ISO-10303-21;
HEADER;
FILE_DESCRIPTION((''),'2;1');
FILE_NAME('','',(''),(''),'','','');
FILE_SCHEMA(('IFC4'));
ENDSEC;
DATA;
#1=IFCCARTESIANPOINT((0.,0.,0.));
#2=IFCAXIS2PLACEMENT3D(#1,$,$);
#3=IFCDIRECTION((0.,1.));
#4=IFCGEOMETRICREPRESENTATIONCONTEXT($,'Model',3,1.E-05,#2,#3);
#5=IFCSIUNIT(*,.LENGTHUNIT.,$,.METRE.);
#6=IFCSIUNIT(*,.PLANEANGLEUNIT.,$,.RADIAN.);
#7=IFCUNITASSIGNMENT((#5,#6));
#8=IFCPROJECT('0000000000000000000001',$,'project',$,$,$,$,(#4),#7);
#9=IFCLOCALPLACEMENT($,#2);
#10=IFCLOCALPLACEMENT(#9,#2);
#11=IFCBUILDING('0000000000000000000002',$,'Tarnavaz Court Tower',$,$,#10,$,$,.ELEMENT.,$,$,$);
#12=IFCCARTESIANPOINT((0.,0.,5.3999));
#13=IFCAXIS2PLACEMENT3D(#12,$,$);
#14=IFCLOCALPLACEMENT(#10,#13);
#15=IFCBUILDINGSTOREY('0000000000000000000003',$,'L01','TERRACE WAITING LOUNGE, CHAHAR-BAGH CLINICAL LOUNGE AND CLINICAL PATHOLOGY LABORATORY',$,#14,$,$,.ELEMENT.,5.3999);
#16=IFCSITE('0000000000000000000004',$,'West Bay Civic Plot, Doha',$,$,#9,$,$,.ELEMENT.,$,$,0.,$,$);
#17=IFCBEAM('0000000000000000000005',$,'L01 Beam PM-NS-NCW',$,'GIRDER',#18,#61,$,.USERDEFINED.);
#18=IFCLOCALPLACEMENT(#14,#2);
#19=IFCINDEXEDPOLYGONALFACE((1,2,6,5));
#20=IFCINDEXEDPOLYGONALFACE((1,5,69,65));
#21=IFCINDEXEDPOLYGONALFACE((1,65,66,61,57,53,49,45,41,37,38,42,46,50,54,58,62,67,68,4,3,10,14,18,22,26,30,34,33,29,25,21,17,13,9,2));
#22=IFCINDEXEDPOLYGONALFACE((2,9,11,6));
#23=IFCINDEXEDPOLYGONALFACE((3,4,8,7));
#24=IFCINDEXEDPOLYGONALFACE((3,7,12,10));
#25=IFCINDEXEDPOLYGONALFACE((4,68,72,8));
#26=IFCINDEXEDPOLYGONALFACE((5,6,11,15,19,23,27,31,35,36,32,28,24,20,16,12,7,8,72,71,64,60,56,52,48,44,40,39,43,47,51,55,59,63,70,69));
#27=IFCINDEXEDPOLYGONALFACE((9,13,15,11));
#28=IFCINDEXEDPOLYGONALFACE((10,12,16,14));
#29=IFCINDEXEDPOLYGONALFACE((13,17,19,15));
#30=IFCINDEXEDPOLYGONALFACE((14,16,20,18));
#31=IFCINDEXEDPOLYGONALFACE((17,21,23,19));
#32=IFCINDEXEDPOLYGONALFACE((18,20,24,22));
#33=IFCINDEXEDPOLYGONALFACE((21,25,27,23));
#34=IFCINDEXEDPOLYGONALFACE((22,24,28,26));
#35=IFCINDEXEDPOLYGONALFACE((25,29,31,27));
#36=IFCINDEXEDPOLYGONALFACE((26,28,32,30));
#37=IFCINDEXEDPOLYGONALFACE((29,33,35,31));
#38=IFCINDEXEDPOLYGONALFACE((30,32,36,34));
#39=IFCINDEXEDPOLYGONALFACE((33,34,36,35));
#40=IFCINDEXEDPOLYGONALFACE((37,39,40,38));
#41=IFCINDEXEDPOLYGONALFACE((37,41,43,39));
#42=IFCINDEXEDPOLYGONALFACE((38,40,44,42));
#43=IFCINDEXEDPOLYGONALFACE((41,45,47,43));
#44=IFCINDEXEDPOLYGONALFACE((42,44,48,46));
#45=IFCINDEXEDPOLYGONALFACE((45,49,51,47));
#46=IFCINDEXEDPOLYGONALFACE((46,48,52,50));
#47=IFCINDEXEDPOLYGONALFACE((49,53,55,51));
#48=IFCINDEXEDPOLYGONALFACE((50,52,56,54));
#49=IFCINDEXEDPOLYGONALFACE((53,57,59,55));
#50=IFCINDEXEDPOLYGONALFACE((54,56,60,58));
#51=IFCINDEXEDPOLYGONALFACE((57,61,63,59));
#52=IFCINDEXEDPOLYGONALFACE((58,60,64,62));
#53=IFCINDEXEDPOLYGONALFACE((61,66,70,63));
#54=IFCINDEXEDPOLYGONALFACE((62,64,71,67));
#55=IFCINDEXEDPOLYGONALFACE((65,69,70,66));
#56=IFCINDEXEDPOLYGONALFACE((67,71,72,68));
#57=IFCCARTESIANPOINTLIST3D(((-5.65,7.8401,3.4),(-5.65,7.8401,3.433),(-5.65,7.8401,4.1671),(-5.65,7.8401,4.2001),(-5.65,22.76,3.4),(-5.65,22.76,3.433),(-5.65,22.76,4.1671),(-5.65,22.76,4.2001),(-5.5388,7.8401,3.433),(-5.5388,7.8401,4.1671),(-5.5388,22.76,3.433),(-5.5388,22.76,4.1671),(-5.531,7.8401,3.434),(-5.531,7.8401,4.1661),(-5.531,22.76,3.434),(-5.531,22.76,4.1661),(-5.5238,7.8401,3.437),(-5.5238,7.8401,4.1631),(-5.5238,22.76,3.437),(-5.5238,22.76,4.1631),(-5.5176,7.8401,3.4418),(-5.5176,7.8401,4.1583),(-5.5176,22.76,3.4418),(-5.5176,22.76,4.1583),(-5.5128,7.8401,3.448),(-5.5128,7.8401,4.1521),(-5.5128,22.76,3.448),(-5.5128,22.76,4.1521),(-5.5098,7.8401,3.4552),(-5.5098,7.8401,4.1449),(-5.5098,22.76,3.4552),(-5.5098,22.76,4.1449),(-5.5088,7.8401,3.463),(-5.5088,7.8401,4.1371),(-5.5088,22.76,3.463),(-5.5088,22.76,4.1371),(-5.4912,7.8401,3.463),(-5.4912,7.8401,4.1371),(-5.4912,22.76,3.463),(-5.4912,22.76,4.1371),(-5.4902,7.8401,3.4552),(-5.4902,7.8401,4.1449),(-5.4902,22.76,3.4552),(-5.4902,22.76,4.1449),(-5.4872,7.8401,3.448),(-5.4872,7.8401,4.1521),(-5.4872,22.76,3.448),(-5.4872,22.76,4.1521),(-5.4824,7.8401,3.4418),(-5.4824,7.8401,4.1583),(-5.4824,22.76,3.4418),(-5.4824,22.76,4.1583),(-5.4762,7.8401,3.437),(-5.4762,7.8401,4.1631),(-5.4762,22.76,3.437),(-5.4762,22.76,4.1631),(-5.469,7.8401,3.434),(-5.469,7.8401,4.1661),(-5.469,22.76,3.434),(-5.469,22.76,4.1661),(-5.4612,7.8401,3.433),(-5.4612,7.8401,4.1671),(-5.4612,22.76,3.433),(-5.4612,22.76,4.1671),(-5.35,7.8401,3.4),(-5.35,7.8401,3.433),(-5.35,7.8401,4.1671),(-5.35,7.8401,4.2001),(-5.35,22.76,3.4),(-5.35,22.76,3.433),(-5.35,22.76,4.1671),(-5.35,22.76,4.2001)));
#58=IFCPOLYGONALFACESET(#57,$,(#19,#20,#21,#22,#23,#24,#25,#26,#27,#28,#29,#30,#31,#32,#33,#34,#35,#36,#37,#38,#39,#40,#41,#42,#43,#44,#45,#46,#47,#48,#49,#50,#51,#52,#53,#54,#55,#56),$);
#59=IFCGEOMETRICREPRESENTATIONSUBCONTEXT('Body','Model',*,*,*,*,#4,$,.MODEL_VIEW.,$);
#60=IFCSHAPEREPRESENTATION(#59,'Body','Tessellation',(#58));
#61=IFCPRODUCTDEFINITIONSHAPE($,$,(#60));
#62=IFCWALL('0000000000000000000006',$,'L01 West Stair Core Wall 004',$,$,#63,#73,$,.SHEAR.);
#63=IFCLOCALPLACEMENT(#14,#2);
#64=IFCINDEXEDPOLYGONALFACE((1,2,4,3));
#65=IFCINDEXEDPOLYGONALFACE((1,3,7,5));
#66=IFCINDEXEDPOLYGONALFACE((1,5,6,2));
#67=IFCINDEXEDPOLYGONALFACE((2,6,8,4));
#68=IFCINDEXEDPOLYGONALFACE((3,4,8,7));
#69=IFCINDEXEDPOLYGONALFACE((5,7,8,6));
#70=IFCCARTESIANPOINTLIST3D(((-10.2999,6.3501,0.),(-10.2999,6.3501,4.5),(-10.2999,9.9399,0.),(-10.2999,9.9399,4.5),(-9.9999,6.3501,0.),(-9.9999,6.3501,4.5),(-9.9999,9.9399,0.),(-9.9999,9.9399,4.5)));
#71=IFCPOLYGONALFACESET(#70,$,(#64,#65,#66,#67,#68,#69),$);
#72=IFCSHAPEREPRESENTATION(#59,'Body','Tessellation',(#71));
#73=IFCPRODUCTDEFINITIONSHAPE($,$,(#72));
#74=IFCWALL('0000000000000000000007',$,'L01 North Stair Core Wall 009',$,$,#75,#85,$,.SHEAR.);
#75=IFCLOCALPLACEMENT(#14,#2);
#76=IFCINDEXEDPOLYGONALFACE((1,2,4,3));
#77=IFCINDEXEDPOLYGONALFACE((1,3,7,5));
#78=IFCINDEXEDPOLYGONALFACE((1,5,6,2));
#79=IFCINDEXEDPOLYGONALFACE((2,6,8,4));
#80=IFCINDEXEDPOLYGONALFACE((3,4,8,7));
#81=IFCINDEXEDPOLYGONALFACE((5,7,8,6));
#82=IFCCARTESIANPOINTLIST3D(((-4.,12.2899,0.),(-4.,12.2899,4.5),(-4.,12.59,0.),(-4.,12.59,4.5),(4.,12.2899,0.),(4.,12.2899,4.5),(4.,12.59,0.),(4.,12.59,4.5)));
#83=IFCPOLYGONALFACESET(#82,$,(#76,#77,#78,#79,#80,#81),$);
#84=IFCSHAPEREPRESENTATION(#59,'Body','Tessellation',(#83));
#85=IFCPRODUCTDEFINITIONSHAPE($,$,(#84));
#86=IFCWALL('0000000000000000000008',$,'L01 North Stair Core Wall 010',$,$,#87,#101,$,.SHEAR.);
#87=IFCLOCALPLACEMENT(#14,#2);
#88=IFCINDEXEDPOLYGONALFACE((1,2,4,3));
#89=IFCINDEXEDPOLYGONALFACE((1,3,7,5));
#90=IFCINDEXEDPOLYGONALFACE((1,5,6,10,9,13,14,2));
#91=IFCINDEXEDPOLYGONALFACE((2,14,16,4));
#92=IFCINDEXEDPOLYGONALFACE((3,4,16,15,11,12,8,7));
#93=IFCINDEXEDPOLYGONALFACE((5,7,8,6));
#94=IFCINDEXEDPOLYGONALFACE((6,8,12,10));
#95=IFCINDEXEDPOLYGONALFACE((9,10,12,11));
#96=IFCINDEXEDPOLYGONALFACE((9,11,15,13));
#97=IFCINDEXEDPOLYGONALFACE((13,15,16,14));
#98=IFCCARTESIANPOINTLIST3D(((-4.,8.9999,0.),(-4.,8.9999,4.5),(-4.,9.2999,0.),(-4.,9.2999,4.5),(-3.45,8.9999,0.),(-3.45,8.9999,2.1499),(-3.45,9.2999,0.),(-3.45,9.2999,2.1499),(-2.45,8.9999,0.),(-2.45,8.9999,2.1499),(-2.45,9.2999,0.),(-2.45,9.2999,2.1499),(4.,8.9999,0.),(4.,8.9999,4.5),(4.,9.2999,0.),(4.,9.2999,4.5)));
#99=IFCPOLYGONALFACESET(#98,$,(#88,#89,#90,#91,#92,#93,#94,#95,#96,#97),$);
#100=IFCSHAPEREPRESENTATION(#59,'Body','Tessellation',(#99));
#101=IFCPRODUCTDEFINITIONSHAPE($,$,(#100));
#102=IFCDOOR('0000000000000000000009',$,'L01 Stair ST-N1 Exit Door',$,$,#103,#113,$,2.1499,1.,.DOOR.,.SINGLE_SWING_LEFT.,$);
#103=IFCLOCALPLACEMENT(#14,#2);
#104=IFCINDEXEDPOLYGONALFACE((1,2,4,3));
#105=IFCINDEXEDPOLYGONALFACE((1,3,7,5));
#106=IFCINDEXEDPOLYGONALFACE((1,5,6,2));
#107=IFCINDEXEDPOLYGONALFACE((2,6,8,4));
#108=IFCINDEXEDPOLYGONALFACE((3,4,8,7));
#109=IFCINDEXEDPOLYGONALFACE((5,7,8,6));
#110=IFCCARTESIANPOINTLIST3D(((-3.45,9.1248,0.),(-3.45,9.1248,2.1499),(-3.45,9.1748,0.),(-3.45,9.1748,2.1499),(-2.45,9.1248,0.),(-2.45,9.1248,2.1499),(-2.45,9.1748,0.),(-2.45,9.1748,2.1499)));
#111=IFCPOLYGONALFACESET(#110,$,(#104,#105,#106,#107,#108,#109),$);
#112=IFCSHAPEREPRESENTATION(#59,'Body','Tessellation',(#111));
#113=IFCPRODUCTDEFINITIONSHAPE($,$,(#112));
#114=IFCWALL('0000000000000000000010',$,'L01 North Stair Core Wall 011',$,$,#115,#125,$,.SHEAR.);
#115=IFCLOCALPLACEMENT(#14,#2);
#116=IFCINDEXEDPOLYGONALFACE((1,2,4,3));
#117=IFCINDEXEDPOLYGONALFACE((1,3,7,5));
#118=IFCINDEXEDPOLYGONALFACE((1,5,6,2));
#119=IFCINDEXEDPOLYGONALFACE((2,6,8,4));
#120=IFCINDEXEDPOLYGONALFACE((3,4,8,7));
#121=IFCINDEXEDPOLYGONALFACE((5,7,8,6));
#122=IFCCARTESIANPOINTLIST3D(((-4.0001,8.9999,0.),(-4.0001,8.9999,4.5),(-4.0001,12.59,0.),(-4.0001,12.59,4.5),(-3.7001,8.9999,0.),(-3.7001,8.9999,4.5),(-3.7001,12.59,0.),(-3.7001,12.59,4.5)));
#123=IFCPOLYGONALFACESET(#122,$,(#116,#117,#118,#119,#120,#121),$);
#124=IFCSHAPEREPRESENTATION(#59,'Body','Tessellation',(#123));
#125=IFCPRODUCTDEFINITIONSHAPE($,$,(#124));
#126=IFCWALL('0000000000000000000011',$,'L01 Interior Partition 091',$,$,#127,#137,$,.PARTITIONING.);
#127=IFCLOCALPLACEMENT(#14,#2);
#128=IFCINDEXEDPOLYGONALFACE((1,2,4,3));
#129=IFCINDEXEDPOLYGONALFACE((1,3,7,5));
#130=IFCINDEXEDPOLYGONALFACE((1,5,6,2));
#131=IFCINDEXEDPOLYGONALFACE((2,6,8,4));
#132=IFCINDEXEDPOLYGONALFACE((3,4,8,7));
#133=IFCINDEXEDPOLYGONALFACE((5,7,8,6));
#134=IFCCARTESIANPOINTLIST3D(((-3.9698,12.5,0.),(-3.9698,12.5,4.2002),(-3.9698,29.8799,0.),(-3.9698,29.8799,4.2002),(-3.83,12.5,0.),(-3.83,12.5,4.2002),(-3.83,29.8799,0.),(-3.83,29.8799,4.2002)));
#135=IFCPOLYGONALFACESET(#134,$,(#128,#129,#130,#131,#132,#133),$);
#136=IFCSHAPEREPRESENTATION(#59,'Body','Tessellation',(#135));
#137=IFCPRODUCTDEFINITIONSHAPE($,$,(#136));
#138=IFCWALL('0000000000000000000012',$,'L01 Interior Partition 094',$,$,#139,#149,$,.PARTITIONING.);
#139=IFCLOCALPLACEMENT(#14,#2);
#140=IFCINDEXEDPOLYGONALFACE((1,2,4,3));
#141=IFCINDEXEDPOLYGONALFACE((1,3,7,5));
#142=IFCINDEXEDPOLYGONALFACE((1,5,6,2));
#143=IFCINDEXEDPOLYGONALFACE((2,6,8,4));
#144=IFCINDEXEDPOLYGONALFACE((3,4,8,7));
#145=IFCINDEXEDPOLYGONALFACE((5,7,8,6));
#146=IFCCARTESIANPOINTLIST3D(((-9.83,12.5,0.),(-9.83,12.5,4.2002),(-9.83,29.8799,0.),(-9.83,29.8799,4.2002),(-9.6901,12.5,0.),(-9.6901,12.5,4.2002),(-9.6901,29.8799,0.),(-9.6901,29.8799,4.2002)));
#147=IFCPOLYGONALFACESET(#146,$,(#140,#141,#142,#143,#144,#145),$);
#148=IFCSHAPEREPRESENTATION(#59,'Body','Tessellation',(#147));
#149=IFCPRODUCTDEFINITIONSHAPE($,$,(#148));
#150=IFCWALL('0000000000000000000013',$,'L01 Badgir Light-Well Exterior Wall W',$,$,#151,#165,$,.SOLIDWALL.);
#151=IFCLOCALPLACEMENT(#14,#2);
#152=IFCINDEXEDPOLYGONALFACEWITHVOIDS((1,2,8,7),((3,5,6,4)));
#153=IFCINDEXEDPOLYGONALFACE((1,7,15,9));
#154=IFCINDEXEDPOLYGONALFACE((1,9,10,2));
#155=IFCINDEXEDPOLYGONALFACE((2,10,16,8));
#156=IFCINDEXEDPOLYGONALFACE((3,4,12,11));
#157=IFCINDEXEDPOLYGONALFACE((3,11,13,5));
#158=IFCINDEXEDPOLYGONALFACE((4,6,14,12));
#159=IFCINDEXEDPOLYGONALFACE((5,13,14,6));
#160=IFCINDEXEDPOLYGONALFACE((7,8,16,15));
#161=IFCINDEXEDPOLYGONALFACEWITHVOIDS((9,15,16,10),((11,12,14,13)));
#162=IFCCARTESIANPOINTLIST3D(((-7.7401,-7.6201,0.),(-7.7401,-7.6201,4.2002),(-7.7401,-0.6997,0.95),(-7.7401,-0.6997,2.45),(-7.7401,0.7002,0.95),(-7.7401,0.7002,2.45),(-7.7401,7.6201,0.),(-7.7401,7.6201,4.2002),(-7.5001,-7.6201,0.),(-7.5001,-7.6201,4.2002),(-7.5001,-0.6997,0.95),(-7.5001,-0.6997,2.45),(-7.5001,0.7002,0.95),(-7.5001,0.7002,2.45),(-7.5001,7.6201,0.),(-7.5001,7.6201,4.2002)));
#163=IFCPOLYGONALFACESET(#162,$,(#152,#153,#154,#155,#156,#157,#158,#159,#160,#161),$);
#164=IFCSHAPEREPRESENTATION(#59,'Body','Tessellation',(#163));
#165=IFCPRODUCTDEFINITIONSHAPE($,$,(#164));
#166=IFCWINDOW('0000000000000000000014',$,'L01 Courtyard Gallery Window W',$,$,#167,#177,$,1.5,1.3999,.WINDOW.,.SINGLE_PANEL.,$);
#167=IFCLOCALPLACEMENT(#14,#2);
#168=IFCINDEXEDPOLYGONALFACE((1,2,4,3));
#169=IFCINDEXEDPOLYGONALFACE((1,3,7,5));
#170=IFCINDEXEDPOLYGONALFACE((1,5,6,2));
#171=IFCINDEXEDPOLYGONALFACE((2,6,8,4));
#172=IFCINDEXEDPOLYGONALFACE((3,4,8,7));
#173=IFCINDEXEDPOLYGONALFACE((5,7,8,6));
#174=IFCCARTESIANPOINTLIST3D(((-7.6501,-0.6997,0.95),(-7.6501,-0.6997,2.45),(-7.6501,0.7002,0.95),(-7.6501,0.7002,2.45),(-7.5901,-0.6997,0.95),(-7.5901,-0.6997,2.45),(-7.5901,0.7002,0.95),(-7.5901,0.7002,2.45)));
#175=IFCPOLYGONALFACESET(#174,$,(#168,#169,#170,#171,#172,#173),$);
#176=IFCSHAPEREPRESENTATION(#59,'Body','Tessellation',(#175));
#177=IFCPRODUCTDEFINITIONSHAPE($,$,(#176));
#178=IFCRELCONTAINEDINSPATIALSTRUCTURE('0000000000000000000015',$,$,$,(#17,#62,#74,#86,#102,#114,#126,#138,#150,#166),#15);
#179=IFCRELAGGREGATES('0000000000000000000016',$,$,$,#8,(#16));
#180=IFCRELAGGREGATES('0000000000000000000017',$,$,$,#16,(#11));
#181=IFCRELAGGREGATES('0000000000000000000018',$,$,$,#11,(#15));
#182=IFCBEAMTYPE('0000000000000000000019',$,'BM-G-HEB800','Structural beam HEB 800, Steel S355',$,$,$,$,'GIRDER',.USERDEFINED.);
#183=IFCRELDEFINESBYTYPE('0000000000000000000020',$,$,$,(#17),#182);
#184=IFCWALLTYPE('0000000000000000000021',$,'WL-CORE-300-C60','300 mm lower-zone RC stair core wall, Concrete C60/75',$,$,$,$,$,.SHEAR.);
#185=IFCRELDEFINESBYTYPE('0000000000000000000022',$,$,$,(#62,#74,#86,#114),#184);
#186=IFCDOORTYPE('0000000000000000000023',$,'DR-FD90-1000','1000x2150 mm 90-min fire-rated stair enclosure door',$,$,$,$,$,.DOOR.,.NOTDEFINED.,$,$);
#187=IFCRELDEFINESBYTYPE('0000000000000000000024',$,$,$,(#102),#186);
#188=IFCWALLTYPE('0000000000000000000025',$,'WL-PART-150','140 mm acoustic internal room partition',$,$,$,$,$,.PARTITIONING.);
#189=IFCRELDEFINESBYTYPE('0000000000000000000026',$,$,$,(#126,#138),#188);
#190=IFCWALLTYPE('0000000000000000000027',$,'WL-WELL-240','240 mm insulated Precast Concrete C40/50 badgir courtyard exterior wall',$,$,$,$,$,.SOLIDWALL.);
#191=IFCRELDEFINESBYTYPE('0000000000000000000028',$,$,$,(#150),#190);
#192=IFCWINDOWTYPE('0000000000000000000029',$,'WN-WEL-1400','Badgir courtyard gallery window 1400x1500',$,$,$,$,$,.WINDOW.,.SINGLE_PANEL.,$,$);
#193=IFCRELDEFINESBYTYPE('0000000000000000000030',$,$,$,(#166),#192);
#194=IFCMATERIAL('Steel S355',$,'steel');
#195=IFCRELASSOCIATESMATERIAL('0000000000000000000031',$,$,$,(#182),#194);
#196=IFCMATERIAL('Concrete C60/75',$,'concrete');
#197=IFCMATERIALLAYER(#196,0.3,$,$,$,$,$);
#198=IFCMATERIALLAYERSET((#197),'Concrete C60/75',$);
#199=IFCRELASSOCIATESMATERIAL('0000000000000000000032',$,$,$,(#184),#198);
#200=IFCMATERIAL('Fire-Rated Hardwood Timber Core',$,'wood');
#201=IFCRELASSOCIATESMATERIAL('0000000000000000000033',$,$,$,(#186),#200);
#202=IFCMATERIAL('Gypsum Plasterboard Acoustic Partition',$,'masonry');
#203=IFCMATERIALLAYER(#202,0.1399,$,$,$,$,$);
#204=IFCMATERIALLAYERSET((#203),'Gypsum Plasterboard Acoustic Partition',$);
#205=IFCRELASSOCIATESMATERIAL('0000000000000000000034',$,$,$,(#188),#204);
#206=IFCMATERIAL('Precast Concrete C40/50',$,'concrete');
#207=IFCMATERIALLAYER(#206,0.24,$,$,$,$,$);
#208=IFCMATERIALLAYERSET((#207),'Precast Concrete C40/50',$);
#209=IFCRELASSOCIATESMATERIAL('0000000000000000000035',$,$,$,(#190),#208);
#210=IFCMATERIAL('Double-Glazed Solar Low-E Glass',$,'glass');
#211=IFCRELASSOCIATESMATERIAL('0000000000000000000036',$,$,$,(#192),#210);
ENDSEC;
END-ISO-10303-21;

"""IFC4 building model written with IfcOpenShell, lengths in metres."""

from ifc_helpers import new_model, si_unit, direction, frame, frame_2d, origin, origin_2d, place, context, subcontext, project, spatial, rectangle, i_section, extrude, material, layer, layer_set, material_profile, profile_set, type_object, element, fill, save


model = new_model("IFC4")

# Units and contexts
model_context = context("Model", 3, precision=1e-05, world=origin(), true_north=direction((0.0, 1.0)))
body_context = subcontext(model_context, "Body", "Model", "MODEL_VIEW")
ifc_project = project(units=[si_unit("LENGTHUNIT", "METRE"), si_unit("PLANEANGLEUNIT", "RADIAN")], contexts=[model_context])

# Site, building, storey
site_placement = place(None, origin())
site = spatial("IfcSite", under=ifc_project, at=site_placement, Name="West Bay Civic Plot, Doha", CompositionType="ELEMENT", RefElevation=0.0)
building_placement = place(site_placement, origin())
building = spatial("IfcBuilding", under=site, at=building_placement, Name="Tarnavaz Court Tower", CompositionType="ELEMENT")
storey_placement = place(building_placement, frame((0.0, 0.0, 5.3999)))
storey = spatial("IfcBuildingStorey", under=building, at=storey_placement, Name="L01", Description="TERRACE WAITING LOUNGE, CHAHAR-BAGH CLINICAL LOUNGE AND CLINICAL PATHOLOGY LABORATORY", CompositionType="ELEMENT", Elevation=5.3999)

# Shared definitions
ifc_material_1 = material(Name="Concrete C60/75", Category="concrete")

# Beam
ifc_material_2 = material(Name="Steel S355", Category="steel")
ifc_material_profile_1 = material_profile(ifc_material_2, i_section(OverallWidth=0.3, OverallDepth=0.8, WebThickness=0.0176, FlangeThickness=0.033, FilletRadius=0.03, at=origin_2d()), Name="HEB 800")
ifc_profile_set_1 = profile_set([ifc_material_profile_1], Name="Steel S355")
beam_type = type_object("IfcBeamType", Name="BM-G-HEB800", Description="Structural beam HEB 800, Steel S355", ElementType="GIRDER", PredefinedType="USERDEFINED", material=ifc_profile_set_1)
beam_1_placement = place(storey_placement, frame((-5.5, 7.8401, 3.8), z_axis=(0.0, 1.0, 0.0), x_axis=(-1.0, 0.0, 0.0)))
element("IfcBeam", 1, at=beam_1_placement, inside=storey, type_object=beam_type, Name="L01 Beam PM-NS-NCW", ObjectType="GIRDER", PredefinedType="USERDEFINED", context=body_context, shape_type="SweptSolid", body=[
    extrude(i_section(OverallWidth=0.3, OverallDepth=0.8, WebThickness=0.0176, FlangeThickness=0.033, FilletRadius=0.03, at=origin_2d()), origin(), (0.0, 0.0, 1.0), 14.9199),
])

# Walls
ifc_layer_1 = layer(ifc_material_1, 0.3)
ifc_layer_set_1 = layer_set([ifc_layer_1], Name="Concrete C60/75")
wall_type_1 = type_object("IfcWallType", Name="WL-CORE-300-C60", Description="300 mm lower-zone RC stair core wall, Concrete C60/75", PredefinedType="SHEAR", material=ifc_layer_set_1)
wall_1_placement = place(storey_placement, frame((-10.1499, 6.3501, 0.0), z_axis=(0.0, 0.0, 1.0), x_axis=(0.0, 1.0, 0.0)))
element("IfcWall", 2, at=wall_1_placement, inside=storey, type_object=wall_type_1, Name="L01 West Stair Core Wall 004", PredefinedType="SHEAR", context=body_context, shape_type="SweptSolid", body=[
    extrude(rectangle(XDim=3.5898, YDim=0.3, at=frame_2d((1.7949, 0.0))), origin(), (0.0, 0.0, 1.0), 4.5),
])
wall_2_placement = place(storey_placement, frame((-4.0, 12.4399, 0.0), z_axis=(0.0, 0.0, 1.0), x_axis=(1.0, 0.0, 0.0)))
element("IfcWall", 3, at=wall_2_placement, inside=storey, type_object=wall_type_1, Name="L01 North Stair Core Wall 009", PredefinedType="SHEAR", context=body_context, shape_type="SweptSolid", body=[
    extrude(rectangle(XDim=8.0, YDim=0.3, at=frame_2d((4.0, 0.0))), origin(), (0.0, 0.0, 1.0), 4.5),
])

# Wall, opening, door
wall_3_placement = place(storey_placement, frame((-4.0, 9.1499, 0.0), z_axis=(0.0, 0.0, 1.0), x_axis=(1.0, 0.0, 0.0)))
wall_3 = element("IfcWall", 4, at=wall_3_placement, inside=storey, type_object=wall_type_1, Name="L01 North Stair Core Wall 010", PredefinedType="SHEAR", context=body_context, shape_type="SweptSolid", body=[
    extrude(rectangle(XDim=8.0, YDim=0.3, at=frame_2d((4.0, 0.0))), origin(), (0.0, 0.0, 1.0), 4.5),
])
opening_1_placement = place(wall_3_placement, frame((0.55, 0.0, 0.0)))
opening_1 = element("IfcOpeningElement", 5, at=opening_1_placement, cuts=wall_3, PredefinedType="OPENING", context=body_context, shape_type="SweptSolid", body=[
    extrude(rectangle(XDim=1.0, YDim=2.1499, at=frame_2d((0.5, 1.075))), frame((0.0, 0.1599, 0.0), z_axis=(0.0, -1.0, 0.0), x_axis=(1.0, 0.0, 0.0)), (0.0, 0.0, 1.0), 0.3201),
])
ifc_material_3 = material(Name="Fire-Rated Hardwood Timber Core", Category="wood")
door_type = type_object("IfcDoorType", Name="DR-FD90-1000", Description="1000x2150 mm 90-min fire-rated stair enclosure door", OperationType="NOTDEFINED", PredefinedType="DOOR", material=ifc_material_3)
door_placement = place(opening_1_placement, origin())
door = element("IfcDoor", 6, at=door_placement, inside=storey, type_object=door_type, Name="L01 Stair ST-N1 Exit Door", OperationType="SINGLE_SWING_LEFT", OverallHeight=2.1499, OverallWidth=1.0, PredefinedType="DOOR", context=body_context, shape_type="SweptSolid", body=[
    extrude(rectangle(XDim=1.0, YDim=2.1499, at=frame_2d((0.5, 1.075))), frame((0.0, 0.0249, 0.0), z_axis=(0.0, -1.0, 0.0), x_axis=(1.0, 0.0, 0.0)), (0.0, 0.0, 1.0), 0.05),
])
fill(opening_1, door)

# Walls
wall_4_placement = place(storey_placement, frame((-3.8501, 9.0, 0.0), z_axis=(0.0, 0.0, 1.0), x_axis=(0.0, 1.0, 0.0)))
element("IfcWall", 7, at=wall_4_placement, inside=storey, type_object=wall_type_1, Name="L01 North Stair Core Wall 011", PredefinedType="SHEAR", context=body_context, shape_type="SweptSolid", body=[
    extrude(rectangle(XDim=3.5901, YDim=0.3, at=frame_2d((1.7949, 0.0))), origin(), (0.0, 0.0, 1.0), 4.5),
])
ifc_material_4 = material(Name="Gypsum Plasterboard Acoustic Partition", Category="masonry")
ifc_layer_2 = layer(ifc_material_4, 0.1399)
ifc_layer_set_2 = layer_set([ifc_layer_2], Name="Gypsum Plasterboard Acoustic Partition")
wall_type_2 = type_object("IfcWallType", Name="WL-PART-150", Description="140 mm acoustic internal room partition", PredefinedType="PARTITIONING", material=ifc_layer_set_2)
for number, where, z_axis, x_axis, name in (
    (8, (-3.8999, 12.5, 0.0), (0.0, 0.0, 1.0), (0.0, 1.0, 0.0), "L01 Interior Partition 091"),
    (9, (-9.76, 12.5, 0.0), (0.0, 0.0, 1.0), (0.0, 1.0, 0.0), "L01 Interior Partition 094"),
):
    element("IfcWall", number, at=place(storey_placement, frame(where, z_axis=z_axis, x_axis=x_axis)), inside=storey, type_object=wall_type_2, Name=name, PredefinedType="PARTITIONING", context=body_context, shape_type="SweptSolid", body=[
        extrude(rectangle(XDim=17.3799, YDim=0.1399, at=frame_2d((8.6899, 0.0))), origin(), (0.0, 0.0, 1.0), 4.2002),
    ])

# Wall, opening, window
ifc_material_5 = material(Name="Precast Concrete C40/50", Category="concrete")
ifc_layer_3 = layer(ifc_material_5, 0.24)
ifc_layer_set_3 = layer_set([ifc_layer_3], Name="Precast Concrete C40/50")
wall_type_3 = type_object("IfcWallType", Name="WL-WELL-240", Description="240 mm insulated Precast Concrete C40/50 badgir courtyard exterior wall", PredefinedType="SOLIDWALL", material=ifc_layer_set_3)
wall_5_placement = place(storey_placement, frame((-7.6201, 7.6201, 0.0), z_axis=(0.0, 0.0, 1.0), x_axis=(0.0, -1.0, 0.0)))
wall_5 = element("IfcWall", 10, at=wall_5_placement, inside=storey, type_object=wall_type_3, Name="L01 Badgir Light-Well Exterior Wall W", PredefinedType="SOLIDWALL", context=body_context, shape_type="SweptSolid", body=[
    extrude(rectangle(XDim=15.2402, YDim=0.24, at=frame_2d((7.6201, 0.0))), origin(), (0.0, 0.0, 1.0), 4.2002),
])
opening_2_placement = place(wall_5_placement, frame((6.9199, 0.0, 0.95)))
opening_2 = element("IfcOpeningElement", 11, at=opening_2_placement, cuts=wall_5, PredefinedType="OPENING", context=body_context, shape_type="SweptSolid", body=[
    extrude(rectangle(XDim=1.3999, YDim=1.5, at=frame_2d((0.7, 0.75))), frame((0.0, 0.1299, 0.0), z_axis=(0.0, -1.0, 0.0), x_axis=(1.0, 0.0, 0.0)), (0.0, 0.0, 1.0), 0.26),
])
ifc_material_6 = material(Name="Double-Glazed Solar Low-E Glass", Category="glass")
window_type = type_object("IfcWindowType", Name="WN-WEL-1400", Description="Badgir courtyard gallery window 1400x1500", PartitioningType="SINGLE_PANEL", PredefinedType="WINDOW", material=ifc_material_6)
window_placement = place(opening_2_placement, origin())
window = element("IfcWindow", 12, at=window_placement, inside=storey, type_object=window_type, Name="L01 Courtyard Gallery Window W", OverallHeight=1.5, OverallWidth=1.3999, PartitioningType="SINGLE_PANEL", PredefinedType="WINDOW", context=body_context, shape_type="SweptSolid", body=[
    extrude(rectangle(XDim=1.3999, YDim=1.5, at=frame_2d((0.7, 0.75))), frame((0.0, 0.03, 0.0), z_axis=(0.0, -1.0, 0.0), x_axis=(1.0, 0.0, 0.0)), (0.0, 0.0, 1.0), 0.0601),
])
fill(opening_2, window)

save(model, "model.ifc")
